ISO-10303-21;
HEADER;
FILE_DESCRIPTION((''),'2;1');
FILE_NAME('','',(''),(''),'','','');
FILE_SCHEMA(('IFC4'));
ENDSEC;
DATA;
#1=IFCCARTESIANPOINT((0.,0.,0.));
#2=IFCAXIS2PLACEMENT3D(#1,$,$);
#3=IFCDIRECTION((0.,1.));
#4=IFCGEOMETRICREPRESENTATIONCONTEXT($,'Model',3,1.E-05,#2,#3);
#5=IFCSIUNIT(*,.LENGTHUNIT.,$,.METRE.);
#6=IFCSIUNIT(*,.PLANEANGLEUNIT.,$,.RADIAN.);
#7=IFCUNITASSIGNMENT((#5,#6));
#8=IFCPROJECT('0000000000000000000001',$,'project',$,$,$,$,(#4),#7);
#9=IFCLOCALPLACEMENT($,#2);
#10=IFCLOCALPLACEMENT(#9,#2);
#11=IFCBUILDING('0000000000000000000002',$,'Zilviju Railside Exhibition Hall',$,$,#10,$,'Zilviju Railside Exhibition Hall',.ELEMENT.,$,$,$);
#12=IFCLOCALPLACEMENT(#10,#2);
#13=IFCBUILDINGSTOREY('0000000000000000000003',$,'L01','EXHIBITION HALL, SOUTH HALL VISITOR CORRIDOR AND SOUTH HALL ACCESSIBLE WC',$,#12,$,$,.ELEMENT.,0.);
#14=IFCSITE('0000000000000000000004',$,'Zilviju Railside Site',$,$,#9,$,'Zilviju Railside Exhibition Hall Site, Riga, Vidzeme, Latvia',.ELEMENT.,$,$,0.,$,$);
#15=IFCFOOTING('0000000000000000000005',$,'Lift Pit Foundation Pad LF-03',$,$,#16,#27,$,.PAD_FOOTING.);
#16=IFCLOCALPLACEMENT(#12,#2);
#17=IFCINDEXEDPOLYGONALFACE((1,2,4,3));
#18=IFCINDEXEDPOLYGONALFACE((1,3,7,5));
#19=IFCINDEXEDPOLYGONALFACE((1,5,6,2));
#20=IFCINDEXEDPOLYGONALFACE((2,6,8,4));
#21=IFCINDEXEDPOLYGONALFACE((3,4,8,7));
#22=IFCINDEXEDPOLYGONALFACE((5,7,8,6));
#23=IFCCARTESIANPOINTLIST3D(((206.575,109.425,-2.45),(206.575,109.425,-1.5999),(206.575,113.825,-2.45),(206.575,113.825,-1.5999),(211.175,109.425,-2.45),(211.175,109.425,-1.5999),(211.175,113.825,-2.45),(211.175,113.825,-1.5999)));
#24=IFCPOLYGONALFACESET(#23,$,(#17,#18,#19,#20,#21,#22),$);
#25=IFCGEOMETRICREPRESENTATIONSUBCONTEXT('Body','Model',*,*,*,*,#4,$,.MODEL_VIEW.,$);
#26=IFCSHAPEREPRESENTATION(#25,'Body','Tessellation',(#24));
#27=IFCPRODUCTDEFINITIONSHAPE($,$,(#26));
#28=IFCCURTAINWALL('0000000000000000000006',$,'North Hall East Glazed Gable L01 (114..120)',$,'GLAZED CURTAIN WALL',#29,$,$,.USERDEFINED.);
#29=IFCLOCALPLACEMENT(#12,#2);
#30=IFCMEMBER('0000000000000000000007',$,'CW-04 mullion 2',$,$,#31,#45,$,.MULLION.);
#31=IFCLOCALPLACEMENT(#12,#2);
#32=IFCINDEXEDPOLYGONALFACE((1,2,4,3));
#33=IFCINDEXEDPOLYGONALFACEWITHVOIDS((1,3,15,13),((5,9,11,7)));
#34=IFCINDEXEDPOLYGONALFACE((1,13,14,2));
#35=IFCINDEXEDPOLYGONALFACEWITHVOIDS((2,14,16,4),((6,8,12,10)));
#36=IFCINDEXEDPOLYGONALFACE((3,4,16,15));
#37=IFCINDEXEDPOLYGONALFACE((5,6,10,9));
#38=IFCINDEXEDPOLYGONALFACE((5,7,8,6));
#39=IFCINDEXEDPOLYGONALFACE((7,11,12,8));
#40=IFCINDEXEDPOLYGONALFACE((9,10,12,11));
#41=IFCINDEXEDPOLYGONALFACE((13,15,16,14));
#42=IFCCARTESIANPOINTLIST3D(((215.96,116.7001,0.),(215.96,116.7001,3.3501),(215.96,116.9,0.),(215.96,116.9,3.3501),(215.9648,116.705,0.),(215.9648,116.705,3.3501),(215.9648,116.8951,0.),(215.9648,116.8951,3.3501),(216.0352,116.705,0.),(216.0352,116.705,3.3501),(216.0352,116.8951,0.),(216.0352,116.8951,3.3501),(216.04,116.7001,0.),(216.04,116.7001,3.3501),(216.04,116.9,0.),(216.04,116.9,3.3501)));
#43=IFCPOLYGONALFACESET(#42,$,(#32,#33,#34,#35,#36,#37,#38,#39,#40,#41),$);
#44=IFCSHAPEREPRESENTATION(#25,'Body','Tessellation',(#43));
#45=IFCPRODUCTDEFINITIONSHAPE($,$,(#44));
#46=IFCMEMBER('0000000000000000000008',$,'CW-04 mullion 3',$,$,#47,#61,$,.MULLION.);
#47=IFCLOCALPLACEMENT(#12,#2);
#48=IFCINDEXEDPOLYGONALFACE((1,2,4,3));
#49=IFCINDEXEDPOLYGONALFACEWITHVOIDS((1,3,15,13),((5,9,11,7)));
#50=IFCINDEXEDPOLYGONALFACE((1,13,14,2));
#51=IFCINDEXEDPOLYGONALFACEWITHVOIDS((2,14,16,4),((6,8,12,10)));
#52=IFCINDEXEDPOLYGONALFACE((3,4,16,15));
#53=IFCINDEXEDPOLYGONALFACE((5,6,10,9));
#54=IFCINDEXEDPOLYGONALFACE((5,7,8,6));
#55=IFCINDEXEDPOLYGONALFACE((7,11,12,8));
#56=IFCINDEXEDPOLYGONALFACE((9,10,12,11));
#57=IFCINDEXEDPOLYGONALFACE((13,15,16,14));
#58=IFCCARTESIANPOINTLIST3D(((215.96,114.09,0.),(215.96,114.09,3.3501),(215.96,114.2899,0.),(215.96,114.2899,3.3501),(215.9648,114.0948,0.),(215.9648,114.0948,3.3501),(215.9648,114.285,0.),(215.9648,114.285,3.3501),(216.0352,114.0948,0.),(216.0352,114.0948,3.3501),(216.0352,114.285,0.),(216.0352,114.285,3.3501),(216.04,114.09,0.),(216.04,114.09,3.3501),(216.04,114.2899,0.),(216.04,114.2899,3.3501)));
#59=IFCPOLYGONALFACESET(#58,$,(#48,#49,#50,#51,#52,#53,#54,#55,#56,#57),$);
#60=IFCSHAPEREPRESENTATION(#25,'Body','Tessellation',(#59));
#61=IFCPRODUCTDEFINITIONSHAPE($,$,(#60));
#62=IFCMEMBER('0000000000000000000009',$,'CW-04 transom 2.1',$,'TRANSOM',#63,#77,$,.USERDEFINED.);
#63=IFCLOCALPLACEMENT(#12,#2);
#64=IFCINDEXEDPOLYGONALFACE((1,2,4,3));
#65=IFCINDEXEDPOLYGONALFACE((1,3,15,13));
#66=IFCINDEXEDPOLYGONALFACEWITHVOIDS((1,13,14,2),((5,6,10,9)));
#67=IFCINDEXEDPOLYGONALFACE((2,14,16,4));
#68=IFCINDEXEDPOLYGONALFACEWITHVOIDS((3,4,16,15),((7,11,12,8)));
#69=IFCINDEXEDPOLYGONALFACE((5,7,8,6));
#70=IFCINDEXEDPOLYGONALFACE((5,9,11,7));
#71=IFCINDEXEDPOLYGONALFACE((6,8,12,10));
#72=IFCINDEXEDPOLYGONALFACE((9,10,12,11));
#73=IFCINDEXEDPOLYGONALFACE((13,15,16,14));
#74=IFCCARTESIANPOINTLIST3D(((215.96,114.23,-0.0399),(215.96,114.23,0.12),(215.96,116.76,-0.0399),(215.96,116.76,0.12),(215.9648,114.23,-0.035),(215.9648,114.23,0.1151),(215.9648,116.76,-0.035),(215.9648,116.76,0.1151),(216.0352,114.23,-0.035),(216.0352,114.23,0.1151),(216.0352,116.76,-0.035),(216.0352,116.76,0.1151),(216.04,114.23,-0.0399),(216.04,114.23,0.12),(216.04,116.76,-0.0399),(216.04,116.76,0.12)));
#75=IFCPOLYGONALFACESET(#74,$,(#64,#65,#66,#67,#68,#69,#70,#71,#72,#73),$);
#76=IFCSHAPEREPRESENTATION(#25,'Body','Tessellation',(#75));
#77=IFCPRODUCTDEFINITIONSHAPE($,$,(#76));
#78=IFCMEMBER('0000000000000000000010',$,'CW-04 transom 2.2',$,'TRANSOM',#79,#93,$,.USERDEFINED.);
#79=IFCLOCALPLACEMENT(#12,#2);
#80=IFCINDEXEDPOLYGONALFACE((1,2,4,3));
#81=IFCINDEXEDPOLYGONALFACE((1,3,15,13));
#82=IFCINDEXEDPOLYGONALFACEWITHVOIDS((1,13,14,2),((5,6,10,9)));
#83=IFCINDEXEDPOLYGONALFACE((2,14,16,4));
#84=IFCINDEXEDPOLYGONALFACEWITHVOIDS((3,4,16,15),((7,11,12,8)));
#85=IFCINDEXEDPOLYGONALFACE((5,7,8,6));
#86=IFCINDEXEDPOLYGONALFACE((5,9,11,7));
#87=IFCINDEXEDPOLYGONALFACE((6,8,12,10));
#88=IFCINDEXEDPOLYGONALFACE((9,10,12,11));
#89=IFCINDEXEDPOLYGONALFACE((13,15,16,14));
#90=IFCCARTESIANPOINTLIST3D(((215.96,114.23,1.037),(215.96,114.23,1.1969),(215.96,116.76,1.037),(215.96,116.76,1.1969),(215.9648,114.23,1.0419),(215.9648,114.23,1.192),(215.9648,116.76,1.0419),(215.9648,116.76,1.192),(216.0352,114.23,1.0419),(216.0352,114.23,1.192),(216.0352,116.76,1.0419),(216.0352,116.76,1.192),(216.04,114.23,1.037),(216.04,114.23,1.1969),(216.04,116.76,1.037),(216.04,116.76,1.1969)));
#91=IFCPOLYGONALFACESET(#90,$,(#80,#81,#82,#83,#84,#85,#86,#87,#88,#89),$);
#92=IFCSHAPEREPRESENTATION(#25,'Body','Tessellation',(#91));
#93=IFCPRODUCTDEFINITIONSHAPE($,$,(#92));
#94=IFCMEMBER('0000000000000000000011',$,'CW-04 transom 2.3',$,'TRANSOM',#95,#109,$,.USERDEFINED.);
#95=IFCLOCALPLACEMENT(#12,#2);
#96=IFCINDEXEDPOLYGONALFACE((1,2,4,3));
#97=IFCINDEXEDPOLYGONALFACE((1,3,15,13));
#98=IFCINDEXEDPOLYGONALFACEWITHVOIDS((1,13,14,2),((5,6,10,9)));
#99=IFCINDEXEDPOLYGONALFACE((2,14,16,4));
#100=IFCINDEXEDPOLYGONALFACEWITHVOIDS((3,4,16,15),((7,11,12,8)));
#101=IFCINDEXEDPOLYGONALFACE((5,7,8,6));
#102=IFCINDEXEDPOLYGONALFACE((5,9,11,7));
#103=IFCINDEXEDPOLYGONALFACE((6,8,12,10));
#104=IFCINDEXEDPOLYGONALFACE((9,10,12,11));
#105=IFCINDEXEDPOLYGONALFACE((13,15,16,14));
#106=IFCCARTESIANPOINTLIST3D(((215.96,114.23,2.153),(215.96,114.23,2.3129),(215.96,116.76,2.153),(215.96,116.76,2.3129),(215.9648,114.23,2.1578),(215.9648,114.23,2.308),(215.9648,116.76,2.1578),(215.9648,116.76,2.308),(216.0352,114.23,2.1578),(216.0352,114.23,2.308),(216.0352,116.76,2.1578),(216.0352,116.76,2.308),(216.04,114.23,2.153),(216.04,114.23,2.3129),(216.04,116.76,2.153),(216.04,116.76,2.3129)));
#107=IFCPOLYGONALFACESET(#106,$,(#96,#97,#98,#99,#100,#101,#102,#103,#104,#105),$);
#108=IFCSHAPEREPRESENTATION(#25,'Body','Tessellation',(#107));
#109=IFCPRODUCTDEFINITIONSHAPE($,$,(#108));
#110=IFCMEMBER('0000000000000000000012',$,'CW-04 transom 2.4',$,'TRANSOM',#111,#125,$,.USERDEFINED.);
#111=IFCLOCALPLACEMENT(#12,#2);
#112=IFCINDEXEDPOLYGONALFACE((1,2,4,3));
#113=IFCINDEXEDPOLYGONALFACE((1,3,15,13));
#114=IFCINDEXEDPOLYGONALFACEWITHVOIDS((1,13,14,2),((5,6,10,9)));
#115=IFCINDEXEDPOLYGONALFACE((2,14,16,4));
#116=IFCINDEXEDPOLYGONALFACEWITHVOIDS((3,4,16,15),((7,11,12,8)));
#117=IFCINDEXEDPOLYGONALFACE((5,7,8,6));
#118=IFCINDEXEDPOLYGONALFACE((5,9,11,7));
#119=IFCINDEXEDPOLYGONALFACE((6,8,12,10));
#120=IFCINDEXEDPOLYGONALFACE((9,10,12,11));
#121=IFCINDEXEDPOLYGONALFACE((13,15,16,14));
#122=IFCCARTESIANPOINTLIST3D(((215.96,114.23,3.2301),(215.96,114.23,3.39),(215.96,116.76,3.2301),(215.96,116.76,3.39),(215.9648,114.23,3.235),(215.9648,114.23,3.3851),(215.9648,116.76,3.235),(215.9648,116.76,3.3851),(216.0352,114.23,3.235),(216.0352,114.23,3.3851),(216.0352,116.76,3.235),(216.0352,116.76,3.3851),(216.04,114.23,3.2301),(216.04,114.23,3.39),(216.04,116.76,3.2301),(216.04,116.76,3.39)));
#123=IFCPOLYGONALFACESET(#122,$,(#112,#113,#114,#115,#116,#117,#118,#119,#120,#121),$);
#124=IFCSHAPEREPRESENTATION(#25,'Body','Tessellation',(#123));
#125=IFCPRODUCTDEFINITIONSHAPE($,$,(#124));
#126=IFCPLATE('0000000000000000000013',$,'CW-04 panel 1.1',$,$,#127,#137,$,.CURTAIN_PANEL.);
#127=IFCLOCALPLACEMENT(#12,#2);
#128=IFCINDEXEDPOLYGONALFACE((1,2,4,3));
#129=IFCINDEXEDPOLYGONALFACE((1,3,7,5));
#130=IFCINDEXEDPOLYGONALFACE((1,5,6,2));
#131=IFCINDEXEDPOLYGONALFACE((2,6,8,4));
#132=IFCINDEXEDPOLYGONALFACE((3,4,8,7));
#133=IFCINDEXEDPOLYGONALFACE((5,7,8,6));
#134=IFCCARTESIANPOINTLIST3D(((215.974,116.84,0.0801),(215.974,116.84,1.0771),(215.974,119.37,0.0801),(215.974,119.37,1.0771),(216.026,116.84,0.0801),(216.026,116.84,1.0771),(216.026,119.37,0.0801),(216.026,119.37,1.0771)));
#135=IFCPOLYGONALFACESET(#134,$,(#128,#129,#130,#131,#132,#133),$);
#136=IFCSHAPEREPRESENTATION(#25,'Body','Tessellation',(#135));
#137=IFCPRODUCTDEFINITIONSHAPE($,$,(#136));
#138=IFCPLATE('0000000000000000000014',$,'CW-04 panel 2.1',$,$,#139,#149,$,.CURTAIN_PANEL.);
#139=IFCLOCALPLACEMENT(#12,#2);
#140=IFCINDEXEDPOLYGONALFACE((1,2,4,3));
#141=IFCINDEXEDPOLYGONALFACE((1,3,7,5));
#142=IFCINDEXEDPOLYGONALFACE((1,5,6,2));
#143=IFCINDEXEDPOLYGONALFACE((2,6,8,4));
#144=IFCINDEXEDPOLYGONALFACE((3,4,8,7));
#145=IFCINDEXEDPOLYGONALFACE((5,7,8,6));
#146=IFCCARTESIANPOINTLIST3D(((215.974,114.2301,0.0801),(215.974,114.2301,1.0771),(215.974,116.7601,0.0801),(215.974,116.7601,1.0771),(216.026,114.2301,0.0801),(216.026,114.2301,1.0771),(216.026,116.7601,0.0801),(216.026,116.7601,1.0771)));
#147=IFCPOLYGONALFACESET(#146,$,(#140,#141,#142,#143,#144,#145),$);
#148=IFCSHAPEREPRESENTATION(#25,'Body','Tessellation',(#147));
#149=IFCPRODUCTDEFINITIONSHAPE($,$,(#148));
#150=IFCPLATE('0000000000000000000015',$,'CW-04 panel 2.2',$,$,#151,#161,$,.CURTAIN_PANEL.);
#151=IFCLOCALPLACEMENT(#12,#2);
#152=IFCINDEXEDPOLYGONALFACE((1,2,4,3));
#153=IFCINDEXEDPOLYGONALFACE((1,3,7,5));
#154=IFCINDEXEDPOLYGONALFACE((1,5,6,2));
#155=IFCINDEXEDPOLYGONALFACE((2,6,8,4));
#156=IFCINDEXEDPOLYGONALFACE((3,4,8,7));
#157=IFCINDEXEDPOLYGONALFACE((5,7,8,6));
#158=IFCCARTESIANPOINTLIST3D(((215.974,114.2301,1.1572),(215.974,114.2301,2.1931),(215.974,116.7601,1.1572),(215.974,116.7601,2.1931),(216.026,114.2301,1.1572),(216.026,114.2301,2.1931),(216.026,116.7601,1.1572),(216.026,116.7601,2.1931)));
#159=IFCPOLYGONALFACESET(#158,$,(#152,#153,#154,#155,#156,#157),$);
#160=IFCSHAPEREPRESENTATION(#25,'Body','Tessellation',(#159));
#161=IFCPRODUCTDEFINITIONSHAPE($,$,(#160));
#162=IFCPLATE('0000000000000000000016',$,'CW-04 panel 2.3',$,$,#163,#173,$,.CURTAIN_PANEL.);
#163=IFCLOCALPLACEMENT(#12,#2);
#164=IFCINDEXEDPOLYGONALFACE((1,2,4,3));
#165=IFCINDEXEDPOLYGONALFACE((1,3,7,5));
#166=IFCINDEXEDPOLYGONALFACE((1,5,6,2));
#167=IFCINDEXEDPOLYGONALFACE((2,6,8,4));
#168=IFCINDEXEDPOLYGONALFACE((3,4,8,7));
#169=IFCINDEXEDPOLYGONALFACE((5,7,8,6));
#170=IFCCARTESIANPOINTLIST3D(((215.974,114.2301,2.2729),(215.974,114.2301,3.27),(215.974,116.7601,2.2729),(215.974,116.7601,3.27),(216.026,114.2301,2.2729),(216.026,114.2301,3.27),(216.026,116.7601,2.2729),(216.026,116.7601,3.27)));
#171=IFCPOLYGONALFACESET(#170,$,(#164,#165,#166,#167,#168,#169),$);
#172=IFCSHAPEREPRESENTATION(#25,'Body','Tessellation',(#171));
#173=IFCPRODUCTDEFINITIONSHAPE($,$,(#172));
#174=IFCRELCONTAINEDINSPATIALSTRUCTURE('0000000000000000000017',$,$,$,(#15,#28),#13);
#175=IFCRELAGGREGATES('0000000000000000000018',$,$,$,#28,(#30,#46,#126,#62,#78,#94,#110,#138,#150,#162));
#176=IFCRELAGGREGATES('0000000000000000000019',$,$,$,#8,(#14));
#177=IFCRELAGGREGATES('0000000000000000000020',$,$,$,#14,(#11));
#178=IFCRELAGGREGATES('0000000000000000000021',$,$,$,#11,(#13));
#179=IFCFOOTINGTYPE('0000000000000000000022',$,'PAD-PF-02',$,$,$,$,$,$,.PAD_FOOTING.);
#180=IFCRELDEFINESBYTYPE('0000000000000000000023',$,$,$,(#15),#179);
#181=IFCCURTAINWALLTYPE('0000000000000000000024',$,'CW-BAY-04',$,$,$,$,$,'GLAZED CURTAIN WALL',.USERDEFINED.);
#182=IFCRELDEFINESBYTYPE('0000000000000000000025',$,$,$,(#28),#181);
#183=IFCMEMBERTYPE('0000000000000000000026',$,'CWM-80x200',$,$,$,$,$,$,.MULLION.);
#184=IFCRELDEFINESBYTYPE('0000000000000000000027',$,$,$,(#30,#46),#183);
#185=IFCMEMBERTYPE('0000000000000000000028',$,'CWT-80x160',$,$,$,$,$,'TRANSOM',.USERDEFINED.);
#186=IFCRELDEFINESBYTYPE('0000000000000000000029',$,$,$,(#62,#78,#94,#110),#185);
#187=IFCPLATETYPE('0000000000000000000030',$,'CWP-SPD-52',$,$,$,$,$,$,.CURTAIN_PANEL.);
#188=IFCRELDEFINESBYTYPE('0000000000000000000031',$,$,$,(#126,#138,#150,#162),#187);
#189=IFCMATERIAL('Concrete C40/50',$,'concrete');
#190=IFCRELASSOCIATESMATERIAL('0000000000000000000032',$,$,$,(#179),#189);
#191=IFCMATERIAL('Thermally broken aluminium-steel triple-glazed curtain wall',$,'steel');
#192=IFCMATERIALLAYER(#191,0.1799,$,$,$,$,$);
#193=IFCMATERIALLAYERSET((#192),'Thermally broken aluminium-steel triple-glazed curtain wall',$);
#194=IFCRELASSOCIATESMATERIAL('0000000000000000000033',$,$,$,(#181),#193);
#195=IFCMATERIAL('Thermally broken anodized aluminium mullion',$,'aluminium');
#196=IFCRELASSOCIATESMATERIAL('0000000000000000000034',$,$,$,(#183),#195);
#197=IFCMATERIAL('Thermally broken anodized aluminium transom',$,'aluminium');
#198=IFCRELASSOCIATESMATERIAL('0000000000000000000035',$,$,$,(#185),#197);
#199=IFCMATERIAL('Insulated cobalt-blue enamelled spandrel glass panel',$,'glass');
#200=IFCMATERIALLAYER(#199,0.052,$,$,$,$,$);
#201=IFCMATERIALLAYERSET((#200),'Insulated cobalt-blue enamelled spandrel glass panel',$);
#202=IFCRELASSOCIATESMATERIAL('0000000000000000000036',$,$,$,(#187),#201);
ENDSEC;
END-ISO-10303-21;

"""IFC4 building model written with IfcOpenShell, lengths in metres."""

from ifc_helpers import new_model, si_unit, direction, frame, origin, origin_2d, place, context, subcontext, project, spatial, rectangle, hollow_rectangle, extrude, material, layer, layer_set, material_profile, profile_set, type_object, element, aggregate, save


model = new_model("IFC4")

# Units and contexts
model_context = context("Model", 3, precision=1e-05, world=origin(), true_north=direction((0.0, 1.0)))
body_context = subcontext(model_context, "Body", "Model", "MODEL_VIEW")
ifc_project = project(units=[si_unit("LENGTHUNIT", "METRE"), si_unit("PLANEANGLEUNIT", "RADIAN")], contexts=[model_context])

# Site, building, storey
site_placement = place(None, origin())
site = spatial("IfcSite", under=ifc_project, at=site_placement, Name="Zilviju Railside Site", LongName="Zilviju Railside Exhibition Hall Site, Riga, Vidzeme, Latvia", CompositionType="ELEMENT", RefElevation=0.0)
building_placement = place(site_placement, origin())
building = spatial("IfcBuilding", under=site, at=building_placement, Name="Zilviju Railside Exhibition Hall", LongName="Zilviju Railside Exhibition Hall", CompositionType="ELEMENT")
storey_placement = place(building_placement, origin())
storey = spatial("IfcBuildingStorey", under=building, at=storey_placement, Name="L01", Description="EXHIBITION HALL, SOUTH HALL VISITOR CORRIDOR AND SOUTH HALL ACCESSIBLE WC", CompositionType="ELEMENT", Elevation=0.0)

# Footing
ifc_material_1 = material(Name="Concrete C40/50", Category="concrete")
footing_type = type_object("IfcFootingType", Name="PAD-PF-02", PredefinedType="PAD_FOOTING", material=ifc_material_1)
footing_placement = place(storey_placement, frame((208.875, 111.625, -2.45), z_axis=(0.0, 0.0, 1.0), x_axis=(1.0, 0.0, 0.0)))
element("IfcFooting", 1, at=footing_placement, inside=storey, type_object=footing_type, Name="Lift Pit Foundation Pad LF-03", PredefinedType="PAD_FOOTING", context=body_context, shape_type="SweptSolid", body=[
    extrude(rectangle(XDim=4.6001, YDim=4.3999, at=origin_2d()), origin(), (0.0, 0.0, 1.0), 0.8501),
])

# Curtain wall, members, plates
ifc_material_2 = material(Name="Thermally broken aluminium-steel triple-glazed curtain wall", Category="steel")
ifc_layer_1 = layer(ifc_material_2, 0.1799)
ifc_layer_set_1 = layer_set([ifc_layer_1], Name="Thermally broken aluminium-steel triple-glazed curtain wall")
curtain_wall_type = type_object("IfcCurtainWallType", Name="CW-BAY-04", ElementType="GLAZED CURTAIN WALL", PredefinedType="USERDEFINED", material=ifc_layer_set_1)
curtain_wall_placement = place(storey_placement, origin())
curtain_wall = element("IfcCurtainWall", 2, at=curtain_wall_placement, inside=storey, type_object=curtain_wall_type, Name="North Hall East Glazed Gable L01 (114..120)", ObjectType="GLAZED CURTAIN WALL", PredefinedType="USERDEFINED")
ifc_material_3 = material(Name="Thermally broken anodized aluminium mullion", Category="aluminium")
ifc_material_profile_1 = material_profile(ifc_material_3, hollow_rectangle(XDim=0.0801, YDim=0.2, WallThickness=0.0049, at=origin_2d()), Name="MULLION 200x80x5")
ifc_profile_set_1 = profile_set([ifc_material_profile_1], Name="Thermally broken anodized aluminium mullion")
member_type_1 = type_object("IfcMemberType", Name="CWM-80x200", PredefinedType="MULLION", material=ifc_profile_set_1)
member_1_placement = place(storey_placement, frame((216.0, 116.8, 0.0), z_axis=(0.0, 0.0, 1.0), x_axis=(1.0, 0.0, 0.0)))
member_1 = element("IfcMember", 3, at=member_1_placement, type_object=member_type_1, Name="CW-04 mullion 2", PredefinedType="MULLION", context=body_context, shape_type="SweptSolid", body=[
    extrude(hollow_rectangle(XDim=0.0801, YDim=0.2, WallThickness=0.0049, at=origin_2d()), origin(), (0.0, 0.0, 1.0), 3.3501),
])
member_2_placement = place(storey_placement, frame((216.0, 114.1899, 0.0), z_axis=(0.0, 0.0, 1.0), x_axis=(1.0, 0.0, 0.0)))
member_2 = element("IfcMember", 4, at=member_2_placement, type_object=member_type_1, Name="CW-04 mullion 3", PredefinedType="MULLION", context=body_context, shape_type="SweptSolid", body=[
    extrude(hollow_rectangle(XDim=0.0801, YDim=0.2, WallThickness=0.0049, at=origin_2d()), origin(), (0.0, 0.0, 1.0), 3.3501),
])
ifc_material_4 = material(Name="Thermally broken anodized aluminium transom", Category="aluminium")
ifc_material_profile_2 = material_profile(ifc_material_4, hollow_rectangle(XDim=0.0801, YDim=0.1599, WallThickness=0.0049, at=origin_2d()), Name="TRANSOM 160x80x5")
ifc_profile_set_2 = profile_set([ifc_material_profile_2], Name="Thermally broken anodized aluminium transom")
member_type_2 = type_object("IfcMemberType", Name="CWT-80x160", ElementType="TRANSOM", PredefinedType="USERDEFINED", material=ifc_profile_set_2)
member_3_placement = place(storey_placement, frame((216.0, 116.76, 0.04), z_axis=(0.0, -1.0, 0.0), x_axis=(1.0, 0.0, 0.0)))
member_3 = element("IfcMember", 5, at=member_3_placement, type_object=member_type_2, Name="CW-04 transom 2.1", ObjectType="TRANSOM", PredefinedType="USERDEFINED", context=body_context, shape_type="SweptSolid", body=[
    extrude(hollow_rectangle(XDim=0.0801, YDim=0.1599, WallThickness=0.0049, at=origin_2d()), origin(), (0.0, 0.0, 1.0), 2.53),
])
member_4_placement = place(storey_placement, frame((216.0, 116.76, 1.1169), z_axis=(0.0, -1.0, 0.0), x_axis=(1.0, 0.0, 0.0)))
member_4 = element("IfcMember", 6, at=member_4_placement, type_object=member_type_2, Name="CW-04 transom 2.2", ObjectType="TRANSOM", PredefinedType="USERDEFINED", context=body_context, shape_type="SweptSolid", body=[
    extrude(hollow_rectangle(XDim=0.0801, YDim=0.1599, WallThickness=0.0049, at=origin_2d()), origin(), (0.0, 0.0, 1.0), 2.53),
])
member_5_placement = place(storey_placement, frame((216.0, 116.76, 2.2329), z_axis=(0.0, -1.0, 0.0), x_axis=(1.0, 0.0, 0.0)))
member_5 = element("IfcMember", 7, at=member_5_placement, type_object=member_type_2, Name="CW-04 transom 2.3", ObjectType="TRANSOM", PredefinedType="USERDEFINED", context=body_context, shape_type="SweptSolid", body=[
    extrude(hollow_rectangle(XDim=0.0801, YDim=0.1599, WallThickness=0.0049, at=origin_2d()), origin(), (0.0, 0.0, 1.0), 2.53),
])
member_6_placement = place(storey_placement, frame((216.0, 116.76, 3.3101), z_axis=(0.0, -1.0, 0.0), x_axis=(1.0, 0.0, 0.0)))
member_6 = element("IfcMember", 8, at=member_6_placement, type_object=member_type_2, Name="CW-04 transom 2.4", ObjectType="TRANSOM", PredefinedType="USERDEFINED", context=body_context, shape_type="SweptSolid", body=[
    extrude(hollow_rectangle(XDim=0.0801, YDim=0.1599, WallThickness=0.0049, at=origin_2d()), origin(), (0.0, 0.0, 1.0), 2.53),
])
ifc_material_5 = material(Name="Insulated cobalt-blue enamelled spandrel glass panel", Category="glass")
ifc_layer_2 = layer(ifc_material_5, 0.052)
ifc_layer_set_2 = layer_set([ifc_layer_2], Name="Insulated cobalt-blue enamelled spandrel glass panel")
plate_type = type_object("IfcPlateType", Name="CWP-SPD-52", PredefinedType="CURTAIN_PANEL", material=ifc_layer_set_2)
plate_1_placement = place(storey_placement, frame((216.0, 118.105, 0.0801), z_axis=(0.0, 0.0, 1.0), x_axis=(0.0, -1.0, 0.0)))
plate_1 = element("IfcPlate", 9, at=plate_1_placement, type_object=plate_type, Name="CW-04 panel 1.1", PredefinedType="CURTAIN_PANEL", context=body_context, shape_type="SweptSolid", body=[
    extrude(rectangle(XDim=2.53, YDim=0.052, at=origin_2d()), origin(), (0.0, 0.0, 1.0), 0.9971),
])
plate_2_placement = place(storey_placement, frame((216.0, 115.4951, 0.0801), z_axis=(0.0, 0.0, 1.0), x_axis=(0.0, -1.0, 0.0)))
plate_2 = element("IfcPlate", 10, at=plate_2_placement, type_object=plate_type, Name="CW-04 panel 2.1", PredefinedType="CURTAIN_PANEL", context=body_context, shape_type="SweptSolid", body=[
    extrude(rectangle(XDim=2.53, YDim=0.052, at=origin_2d()), origin(), (0.0, 0.0, 1.0), 0.9971),
])
plate_3_placement = place(storey_placement, frame((216.0, 115.4951, 1.1572), z_axis=(0.0, 0.0, 1.0), x_axis=(0.0, -1.0, 0.0)))
plate_3 = element("IfcPlate", 11, at=plate_3_placement, type_object=plate_type, Name="CW-04 panel 2.2", PredefinedType="CURTAIN_PANEL", context=body_context, shape_type="SweptSolid", body=[
    extrude(rectangle(XDim=2.53, YDim=0.052, at=origin_2d()), origin(), (0.0, 0.0, 1.0), 1.0359),
])
plate_4_placement = place(storey_placement, frame((216.0, 115.4951, 2.2729), z_axis=(0.0, 0.0, 1.0), x_axis=(0.0, -1.0, 0.0)))
plate_4 = element("IfcPlate", 12, at=plate_4_placement, type_object=plate_type, Name="CW-04 panel 2.3", PredefinedType="CURTAIN_PANEL", context=body_context, shape_type="SweptSolid", body=[
    extrude(rectangle(XDim=2.53, YDim=0.052, at=origin_2d()), origin(), (0.0, 0.0, 1.0), 0.9971),
])
aggregate(curtain_wall, [member_1, member_2, plate_1, member_3, member_4, member_5, member_6, plate_2, plate_3, plate_4])

save(model, "model.ifc")
